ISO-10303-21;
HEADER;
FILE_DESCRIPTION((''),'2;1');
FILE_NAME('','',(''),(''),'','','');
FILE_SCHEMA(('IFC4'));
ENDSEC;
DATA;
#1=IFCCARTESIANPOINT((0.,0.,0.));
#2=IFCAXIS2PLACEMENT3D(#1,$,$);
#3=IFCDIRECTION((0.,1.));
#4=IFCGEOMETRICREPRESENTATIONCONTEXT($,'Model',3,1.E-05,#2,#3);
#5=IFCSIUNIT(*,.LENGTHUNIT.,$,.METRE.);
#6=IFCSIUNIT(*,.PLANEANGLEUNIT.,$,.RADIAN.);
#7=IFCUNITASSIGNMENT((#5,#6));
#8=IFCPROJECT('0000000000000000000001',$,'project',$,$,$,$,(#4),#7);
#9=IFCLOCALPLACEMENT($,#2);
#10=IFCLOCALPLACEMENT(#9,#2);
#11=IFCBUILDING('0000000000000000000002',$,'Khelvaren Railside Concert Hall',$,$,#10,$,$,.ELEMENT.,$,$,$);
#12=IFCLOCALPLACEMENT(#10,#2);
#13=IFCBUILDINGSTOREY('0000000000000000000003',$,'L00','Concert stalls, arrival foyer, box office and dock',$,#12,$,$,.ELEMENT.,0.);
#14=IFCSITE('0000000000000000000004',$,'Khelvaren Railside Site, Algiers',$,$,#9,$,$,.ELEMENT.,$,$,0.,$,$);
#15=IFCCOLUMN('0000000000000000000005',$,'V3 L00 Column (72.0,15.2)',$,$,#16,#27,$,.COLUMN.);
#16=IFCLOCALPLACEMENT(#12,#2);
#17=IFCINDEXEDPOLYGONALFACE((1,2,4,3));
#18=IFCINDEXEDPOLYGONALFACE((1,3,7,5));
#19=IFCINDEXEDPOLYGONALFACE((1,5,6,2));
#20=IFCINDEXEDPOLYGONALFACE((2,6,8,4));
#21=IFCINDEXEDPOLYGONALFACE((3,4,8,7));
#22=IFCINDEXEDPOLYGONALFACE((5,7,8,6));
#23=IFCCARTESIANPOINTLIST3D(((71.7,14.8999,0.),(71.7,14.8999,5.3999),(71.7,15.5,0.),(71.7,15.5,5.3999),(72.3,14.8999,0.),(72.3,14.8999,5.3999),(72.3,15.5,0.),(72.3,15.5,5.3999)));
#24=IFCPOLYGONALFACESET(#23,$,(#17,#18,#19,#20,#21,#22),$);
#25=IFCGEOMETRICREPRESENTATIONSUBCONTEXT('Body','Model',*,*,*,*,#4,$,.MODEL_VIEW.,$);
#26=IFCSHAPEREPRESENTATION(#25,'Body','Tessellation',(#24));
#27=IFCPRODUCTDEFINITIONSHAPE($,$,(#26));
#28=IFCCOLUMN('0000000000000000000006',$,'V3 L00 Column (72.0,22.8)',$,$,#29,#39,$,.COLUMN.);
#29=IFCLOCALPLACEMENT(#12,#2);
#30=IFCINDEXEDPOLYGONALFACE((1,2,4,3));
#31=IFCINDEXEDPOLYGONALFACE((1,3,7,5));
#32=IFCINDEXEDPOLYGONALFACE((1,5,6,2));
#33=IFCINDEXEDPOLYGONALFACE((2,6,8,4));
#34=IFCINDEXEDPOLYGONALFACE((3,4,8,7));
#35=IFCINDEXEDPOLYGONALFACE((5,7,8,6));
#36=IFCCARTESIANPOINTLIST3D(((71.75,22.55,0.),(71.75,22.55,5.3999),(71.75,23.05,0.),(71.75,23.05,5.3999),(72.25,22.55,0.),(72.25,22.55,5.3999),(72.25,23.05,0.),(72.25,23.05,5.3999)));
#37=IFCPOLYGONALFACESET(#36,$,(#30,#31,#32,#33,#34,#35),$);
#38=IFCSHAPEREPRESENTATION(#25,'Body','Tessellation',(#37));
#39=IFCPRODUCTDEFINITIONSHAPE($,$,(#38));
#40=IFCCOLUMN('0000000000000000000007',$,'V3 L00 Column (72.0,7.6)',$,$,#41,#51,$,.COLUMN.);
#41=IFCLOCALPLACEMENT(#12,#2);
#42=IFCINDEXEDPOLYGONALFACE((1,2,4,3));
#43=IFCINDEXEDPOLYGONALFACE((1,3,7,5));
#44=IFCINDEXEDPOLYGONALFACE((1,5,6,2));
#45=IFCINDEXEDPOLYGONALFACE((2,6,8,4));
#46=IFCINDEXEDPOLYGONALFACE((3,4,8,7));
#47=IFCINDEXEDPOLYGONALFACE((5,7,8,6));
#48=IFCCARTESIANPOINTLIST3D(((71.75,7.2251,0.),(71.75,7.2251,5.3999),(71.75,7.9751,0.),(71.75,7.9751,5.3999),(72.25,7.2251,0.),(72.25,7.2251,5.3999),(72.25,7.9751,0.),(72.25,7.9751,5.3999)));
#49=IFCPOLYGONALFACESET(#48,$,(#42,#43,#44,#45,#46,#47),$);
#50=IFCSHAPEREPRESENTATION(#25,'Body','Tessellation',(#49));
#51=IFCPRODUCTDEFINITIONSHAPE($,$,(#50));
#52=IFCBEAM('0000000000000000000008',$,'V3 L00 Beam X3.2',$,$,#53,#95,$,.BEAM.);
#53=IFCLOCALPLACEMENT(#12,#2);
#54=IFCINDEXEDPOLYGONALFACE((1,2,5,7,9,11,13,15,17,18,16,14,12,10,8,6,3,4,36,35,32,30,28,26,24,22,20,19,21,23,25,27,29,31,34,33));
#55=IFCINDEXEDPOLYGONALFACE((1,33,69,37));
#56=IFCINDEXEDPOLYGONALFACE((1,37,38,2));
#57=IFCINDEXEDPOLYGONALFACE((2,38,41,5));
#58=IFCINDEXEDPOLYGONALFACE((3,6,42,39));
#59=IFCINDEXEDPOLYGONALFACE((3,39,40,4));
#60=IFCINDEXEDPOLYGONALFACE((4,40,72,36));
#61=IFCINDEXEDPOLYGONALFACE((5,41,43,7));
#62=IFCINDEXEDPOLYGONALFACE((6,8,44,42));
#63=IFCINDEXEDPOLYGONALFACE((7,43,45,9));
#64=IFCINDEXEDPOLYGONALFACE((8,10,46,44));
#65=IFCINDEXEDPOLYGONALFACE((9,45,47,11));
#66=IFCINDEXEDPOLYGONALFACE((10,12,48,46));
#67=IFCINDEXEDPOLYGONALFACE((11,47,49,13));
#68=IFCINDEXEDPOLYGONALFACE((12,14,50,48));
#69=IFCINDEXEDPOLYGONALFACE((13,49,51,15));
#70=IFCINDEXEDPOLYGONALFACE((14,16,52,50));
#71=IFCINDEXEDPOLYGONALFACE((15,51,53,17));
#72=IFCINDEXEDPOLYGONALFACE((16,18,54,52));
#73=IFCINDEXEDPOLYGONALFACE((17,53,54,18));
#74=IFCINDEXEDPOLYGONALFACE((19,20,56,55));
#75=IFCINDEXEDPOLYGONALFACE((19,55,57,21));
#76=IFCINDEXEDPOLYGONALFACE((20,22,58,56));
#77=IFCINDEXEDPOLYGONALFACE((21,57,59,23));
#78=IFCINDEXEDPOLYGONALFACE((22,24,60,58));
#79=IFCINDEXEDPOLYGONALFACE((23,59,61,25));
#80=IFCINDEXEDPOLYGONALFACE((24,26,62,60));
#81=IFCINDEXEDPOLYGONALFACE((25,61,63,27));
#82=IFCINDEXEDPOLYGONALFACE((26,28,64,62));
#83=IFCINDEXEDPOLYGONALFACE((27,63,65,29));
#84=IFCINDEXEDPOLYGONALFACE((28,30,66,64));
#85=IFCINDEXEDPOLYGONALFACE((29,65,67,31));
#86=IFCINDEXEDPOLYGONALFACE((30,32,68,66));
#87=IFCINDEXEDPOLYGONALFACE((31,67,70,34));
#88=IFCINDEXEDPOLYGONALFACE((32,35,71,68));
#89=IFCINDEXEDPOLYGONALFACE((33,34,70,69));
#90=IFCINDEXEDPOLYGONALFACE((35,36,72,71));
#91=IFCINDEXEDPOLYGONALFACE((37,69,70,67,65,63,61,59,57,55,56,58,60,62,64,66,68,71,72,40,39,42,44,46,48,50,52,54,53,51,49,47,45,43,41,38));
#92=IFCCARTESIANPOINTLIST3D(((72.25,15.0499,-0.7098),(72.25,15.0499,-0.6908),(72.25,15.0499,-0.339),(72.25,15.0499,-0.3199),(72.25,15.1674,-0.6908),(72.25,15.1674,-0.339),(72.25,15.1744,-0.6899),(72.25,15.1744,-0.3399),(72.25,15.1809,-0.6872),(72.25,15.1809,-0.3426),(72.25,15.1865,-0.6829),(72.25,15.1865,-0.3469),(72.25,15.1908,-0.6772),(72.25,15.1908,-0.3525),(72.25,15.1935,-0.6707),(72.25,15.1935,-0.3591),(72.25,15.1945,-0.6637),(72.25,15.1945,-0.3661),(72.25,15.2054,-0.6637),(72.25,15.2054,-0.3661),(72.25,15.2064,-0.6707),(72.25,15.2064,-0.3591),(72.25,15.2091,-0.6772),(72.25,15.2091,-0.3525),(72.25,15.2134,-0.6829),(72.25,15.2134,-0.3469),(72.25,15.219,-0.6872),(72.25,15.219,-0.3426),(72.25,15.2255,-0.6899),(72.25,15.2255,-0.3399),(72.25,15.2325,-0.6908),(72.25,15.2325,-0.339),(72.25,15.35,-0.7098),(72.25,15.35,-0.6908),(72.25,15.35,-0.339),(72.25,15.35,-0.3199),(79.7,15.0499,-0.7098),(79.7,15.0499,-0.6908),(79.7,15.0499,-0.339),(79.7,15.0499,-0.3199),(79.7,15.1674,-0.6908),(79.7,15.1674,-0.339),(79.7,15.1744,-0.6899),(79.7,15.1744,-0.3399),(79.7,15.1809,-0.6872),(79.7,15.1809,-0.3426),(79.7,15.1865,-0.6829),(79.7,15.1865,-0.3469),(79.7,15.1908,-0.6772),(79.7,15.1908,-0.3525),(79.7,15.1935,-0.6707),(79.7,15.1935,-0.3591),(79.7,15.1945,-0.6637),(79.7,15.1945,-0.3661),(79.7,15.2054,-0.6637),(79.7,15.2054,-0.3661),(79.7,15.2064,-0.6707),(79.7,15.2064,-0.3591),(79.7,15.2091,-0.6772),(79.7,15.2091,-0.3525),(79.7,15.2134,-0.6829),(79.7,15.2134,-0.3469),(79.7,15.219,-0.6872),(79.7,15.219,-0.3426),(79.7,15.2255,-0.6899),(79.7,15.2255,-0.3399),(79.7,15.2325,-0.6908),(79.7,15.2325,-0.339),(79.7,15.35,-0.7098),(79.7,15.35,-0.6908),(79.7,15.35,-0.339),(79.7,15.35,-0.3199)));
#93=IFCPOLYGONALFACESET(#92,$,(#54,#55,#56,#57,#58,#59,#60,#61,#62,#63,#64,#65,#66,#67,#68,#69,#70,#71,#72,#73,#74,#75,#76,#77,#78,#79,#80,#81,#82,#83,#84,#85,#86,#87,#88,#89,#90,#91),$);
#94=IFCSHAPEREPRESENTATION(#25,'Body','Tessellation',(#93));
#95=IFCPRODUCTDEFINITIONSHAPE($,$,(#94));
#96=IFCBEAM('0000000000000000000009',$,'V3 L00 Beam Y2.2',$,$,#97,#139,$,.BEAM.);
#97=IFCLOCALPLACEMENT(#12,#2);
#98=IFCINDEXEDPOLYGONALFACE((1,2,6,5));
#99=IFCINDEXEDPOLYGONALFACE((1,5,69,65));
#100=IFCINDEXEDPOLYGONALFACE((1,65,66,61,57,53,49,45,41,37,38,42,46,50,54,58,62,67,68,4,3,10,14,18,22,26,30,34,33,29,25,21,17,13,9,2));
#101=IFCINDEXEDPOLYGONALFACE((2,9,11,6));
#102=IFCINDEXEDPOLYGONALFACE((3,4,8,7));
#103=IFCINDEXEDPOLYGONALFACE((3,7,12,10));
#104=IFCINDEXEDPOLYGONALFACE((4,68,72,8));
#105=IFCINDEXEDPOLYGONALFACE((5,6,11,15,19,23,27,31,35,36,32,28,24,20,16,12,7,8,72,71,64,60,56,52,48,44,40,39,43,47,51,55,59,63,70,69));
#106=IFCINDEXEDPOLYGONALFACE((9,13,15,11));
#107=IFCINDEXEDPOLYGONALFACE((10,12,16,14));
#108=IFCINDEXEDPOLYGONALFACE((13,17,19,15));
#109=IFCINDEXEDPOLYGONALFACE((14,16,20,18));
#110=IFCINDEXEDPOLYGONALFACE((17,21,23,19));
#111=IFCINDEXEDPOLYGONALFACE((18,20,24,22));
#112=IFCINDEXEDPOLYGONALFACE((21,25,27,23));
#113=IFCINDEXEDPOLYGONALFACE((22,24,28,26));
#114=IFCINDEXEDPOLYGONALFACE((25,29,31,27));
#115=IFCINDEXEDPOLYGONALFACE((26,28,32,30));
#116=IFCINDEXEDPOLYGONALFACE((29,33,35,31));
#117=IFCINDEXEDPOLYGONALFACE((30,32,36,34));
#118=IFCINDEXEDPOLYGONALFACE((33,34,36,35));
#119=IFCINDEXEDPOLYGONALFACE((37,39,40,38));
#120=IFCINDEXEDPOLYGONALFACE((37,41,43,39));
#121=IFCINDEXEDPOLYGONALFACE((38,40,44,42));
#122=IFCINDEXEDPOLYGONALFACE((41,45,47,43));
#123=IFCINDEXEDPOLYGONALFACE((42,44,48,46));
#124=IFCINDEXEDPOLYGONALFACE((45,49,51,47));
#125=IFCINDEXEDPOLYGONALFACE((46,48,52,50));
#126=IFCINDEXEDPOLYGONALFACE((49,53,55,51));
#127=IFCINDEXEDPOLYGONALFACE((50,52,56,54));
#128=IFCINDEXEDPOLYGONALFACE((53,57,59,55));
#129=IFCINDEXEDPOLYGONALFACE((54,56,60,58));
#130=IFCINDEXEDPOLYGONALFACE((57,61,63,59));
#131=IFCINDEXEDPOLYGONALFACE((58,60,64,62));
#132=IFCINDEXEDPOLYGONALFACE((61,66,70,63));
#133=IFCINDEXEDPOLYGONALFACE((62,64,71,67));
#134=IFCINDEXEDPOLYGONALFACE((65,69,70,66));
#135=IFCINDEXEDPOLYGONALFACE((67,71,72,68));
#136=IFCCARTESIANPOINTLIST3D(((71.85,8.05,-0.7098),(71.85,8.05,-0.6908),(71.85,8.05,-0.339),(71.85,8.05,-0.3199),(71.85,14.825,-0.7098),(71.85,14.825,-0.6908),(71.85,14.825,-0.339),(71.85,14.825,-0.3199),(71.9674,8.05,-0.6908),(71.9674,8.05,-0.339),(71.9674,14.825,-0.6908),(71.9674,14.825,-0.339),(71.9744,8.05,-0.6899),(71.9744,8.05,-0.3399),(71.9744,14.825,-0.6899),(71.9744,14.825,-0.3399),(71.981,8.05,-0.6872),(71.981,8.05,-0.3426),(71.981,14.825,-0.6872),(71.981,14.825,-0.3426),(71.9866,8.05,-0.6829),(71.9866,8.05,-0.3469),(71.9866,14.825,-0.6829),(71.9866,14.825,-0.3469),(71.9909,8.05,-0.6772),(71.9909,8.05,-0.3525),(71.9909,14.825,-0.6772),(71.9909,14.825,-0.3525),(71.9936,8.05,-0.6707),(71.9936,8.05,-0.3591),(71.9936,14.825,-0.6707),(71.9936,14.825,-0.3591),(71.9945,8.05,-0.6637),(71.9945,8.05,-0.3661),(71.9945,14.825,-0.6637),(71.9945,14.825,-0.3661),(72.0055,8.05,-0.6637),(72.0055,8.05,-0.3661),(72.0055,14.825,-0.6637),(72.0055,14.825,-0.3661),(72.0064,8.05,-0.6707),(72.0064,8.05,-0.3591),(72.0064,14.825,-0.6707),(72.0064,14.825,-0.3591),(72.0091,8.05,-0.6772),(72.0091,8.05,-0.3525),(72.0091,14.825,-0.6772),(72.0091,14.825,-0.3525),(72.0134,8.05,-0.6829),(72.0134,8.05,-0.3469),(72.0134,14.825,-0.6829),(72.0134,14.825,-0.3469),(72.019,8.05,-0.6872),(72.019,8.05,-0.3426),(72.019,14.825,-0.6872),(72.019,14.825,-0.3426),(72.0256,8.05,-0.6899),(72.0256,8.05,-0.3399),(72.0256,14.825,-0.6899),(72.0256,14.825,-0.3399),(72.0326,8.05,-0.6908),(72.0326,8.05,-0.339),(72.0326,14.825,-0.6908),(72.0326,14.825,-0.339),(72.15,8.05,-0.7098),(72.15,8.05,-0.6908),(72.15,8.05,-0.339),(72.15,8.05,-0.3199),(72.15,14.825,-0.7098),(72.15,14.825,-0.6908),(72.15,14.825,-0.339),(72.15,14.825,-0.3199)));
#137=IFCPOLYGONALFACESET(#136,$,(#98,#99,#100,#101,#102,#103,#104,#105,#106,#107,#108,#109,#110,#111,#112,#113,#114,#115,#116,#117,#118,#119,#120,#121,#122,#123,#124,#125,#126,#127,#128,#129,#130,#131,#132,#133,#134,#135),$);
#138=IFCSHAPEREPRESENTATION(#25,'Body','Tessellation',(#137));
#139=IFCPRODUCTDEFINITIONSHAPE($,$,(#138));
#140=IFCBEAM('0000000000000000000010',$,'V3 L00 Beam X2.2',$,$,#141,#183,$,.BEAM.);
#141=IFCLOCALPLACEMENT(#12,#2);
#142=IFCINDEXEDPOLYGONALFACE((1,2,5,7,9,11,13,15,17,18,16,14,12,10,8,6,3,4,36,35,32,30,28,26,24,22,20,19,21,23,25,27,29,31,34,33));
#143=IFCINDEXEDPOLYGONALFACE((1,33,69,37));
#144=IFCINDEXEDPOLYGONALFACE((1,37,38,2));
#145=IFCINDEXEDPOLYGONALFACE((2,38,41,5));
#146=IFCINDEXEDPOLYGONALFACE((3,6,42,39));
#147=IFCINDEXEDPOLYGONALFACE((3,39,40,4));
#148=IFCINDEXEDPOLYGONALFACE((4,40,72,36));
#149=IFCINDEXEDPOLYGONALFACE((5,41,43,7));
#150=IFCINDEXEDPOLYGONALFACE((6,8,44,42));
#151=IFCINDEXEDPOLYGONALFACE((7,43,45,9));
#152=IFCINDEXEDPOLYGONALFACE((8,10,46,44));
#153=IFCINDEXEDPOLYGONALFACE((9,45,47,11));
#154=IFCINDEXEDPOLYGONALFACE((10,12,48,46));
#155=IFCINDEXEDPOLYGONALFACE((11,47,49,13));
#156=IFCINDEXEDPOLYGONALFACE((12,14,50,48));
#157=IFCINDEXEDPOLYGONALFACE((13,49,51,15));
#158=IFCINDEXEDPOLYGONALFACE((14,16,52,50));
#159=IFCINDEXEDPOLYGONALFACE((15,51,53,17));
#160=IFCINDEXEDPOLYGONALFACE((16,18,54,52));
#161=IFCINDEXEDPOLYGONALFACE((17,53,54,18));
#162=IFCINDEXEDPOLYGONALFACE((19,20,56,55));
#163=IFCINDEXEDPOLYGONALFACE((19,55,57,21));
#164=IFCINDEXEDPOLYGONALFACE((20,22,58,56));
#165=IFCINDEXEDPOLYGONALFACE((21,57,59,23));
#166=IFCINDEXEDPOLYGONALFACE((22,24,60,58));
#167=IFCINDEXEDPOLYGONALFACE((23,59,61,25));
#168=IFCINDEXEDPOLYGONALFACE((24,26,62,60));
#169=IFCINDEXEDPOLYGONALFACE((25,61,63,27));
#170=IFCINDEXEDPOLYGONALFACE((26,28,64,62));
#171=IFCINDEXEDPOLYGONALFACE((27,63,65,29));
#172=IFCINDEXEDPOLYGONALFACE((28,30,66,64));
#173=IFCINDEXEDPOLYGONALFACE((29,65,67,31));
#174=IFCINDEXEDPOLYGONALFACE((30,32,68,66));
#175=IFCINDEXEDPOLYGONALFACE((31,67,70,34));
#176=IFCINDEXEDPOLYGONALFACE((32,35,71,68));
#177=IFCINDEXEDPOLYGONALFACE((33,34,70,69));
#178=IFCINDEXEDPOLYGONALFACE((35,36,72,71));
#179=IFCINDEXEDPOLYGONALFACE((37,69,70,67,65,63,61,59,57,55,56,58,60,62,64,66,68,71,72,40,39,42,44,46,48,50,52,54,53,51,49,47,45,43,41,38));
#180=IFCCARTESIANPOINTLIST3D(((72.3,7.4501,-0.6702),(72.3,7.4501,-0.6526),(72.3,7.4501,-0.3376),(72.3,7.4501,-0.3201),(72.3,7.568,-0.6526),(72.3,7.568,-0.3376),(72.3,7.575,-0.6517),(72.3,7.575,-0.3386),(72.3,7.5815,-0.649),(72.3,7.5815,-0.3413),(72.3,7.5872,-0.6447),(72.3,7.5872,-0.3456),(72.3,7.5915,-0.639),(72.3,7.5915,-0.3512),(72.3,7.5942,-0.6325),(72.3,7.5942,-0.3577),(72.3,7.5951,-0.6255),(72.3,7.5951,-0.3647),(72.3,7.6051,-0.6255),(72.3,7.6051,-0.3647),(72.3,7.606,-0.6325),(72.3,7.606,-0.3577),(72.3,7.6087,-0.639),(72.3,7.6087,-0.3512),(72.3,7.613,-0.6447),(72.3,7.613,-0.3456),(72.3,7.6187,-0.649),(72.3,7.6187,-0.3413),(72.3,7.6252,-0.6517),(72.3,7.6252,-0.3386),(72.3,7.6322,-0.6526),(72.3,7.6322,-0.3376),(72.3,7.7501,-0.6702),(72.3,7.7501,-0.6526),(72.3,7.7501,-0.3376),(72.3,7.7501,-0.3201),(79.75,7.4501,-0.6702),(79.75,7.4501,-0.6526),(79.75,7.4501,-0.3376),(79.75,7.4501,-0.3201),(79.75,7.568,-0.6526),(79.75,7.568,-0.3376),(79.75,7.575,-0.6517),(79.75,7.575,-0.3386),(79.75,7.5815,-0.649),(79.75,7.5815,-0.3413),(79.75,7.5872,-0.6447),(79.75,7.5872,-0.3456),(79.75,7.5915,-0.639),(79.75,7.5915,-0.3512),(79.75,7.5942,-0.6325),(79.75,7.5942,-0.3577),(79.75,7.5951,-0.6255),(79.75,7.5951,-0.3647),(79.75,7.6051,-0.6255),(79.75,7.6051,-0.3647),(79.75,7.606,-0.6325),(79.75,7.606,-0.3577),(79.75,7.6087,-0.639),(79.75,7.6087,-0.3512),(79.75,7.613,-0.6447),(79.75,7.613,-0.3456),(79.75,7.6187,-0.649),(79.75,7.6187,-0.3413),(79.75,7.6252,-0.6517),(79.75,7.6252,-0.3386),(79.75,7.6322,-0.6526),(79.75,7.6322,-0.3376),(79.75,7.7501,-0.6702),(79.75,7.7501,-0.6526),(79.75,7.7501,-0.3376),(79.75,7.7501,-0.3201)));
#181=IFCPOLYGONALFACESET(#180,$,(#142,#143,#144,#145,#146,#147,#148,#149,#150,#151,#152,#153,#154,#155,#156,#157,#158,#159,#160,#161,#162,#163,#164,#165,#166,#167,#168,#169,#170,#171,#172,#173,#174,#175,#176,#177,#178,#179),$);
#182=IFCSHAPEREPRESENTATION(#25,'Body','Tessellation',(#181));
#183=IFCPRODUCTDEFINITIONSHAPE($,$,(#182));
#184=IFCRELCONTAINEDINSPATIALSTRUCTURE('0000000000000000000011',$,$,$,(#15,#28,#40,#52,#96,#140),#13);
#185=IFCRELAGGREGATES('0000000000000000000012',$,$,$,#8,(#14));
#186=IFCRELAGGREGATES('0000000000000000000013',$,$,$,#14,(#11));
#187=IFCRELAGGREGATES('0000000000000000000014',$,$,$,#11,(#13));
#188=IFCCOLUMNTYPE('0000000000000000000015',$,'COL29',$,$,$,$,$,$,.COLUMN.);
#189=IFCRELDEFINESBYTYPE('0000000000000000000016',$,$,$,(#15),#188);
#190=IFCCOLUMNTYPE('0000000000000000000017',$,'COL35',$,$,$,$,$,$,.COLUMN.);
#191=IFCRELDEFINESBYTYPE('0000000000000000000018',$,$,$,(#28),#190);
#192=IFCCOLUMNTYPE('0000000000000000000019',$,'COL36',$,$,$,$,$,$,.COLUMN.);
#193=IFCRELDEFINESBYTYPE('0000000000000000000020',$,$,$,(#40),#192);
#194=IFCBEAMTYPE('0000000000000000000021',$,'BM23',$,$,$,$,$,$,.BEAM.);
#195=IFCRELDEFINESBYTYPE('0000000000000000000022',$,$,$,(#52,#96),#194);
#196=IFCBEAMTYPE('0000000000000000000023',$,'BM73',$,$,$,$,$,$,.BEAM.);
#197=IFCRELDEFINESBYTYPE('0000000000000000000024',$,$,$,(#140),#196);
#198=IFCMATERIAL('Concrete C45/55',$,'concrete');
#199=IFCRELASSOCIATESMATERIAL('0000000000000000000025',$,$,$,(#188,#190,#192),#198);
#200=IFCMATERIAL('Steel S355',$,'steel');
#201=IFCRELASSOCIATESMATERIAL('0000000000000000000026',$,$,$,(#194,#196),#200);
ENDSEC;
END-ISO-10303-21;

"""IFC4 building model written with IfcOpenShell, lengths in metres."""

from ifc_helpers import new_model, si_unit, direction, frame, origin, origin_2d, place, context, subcontext, project, spatial, rectangle, i_section, extrude, material, material_profile, profile_set, type_object, element, save


model = new_model("IFC4")

# Units and contexts
model_context = context("Model", 3, precision=1e-05, world=origin(), true_north=direction((0.0, 1.0)))
body_context = subcontext(model_context, "Body", "Model", "MODEL_VIEW")
ifc_project = project(units=[si_unit("LENGTHUNIT", "METRE"), si_unit("PLANEANGLEUNIT", "RADIAN")], contexts=[model_context])

# Site, building, storey
site_placement = place(None, origin())
site = spatial("IfcSite", under=ifc_project, at=site_placement, Name="Khelvaren Railside Site, Algiers", CompositionType="ELEMENT", RefElevation=0.0)
building_placement = place(site_placement, origin())
building = spatial("IfcBuilding", under=site, at=building_placement, Name="Khelvaren Railside Concert Hall", CompositionType="ELEMENT")
storey_placement = place(building_placement, origin())
storey = spatial("IfcBuildingStorey", under=building, at=storey_placement, Name="L00", Description="Concert stalls, arrival foyer, box office and dock", CompositionType="ELEMENT", Elevation=0.0)

# Columns
ifc_material_1 = material(Name="Concrete C45/55", Category="concrete")
ifc_material_profile_1 = material_profile(ifc_material_1, rectangle(XDim=0.6001, YDim=0.6001, at=origin_2d()), Name="RC 600x600")
ifc_profile_set_1 = profile_set([ifc_material_profile_1], Name="Concrete C45/55")
column_type_1 = type_object("IfcColumnType", Name="COL29", PredefinedType="COLUMN", material=ifc_profile_set_1)
column_1_placement = place(storey_placement, frame((72.0, 15.2, 0.0), z_axis=(0.0, 0.0, 1.0), x_axis=(1.0, 0.0, 0.0)))
element("IfcColumn", 1, at=column_1_placement, inside=storey, type_object=column_type_1, Name="V3 L00 Column (72.0,15.2)", PredefinedType="COLUMN", context=body_context, shape_type="SweptSolid", body=[
    extrude(rectangle(XDim=0.6001, YDim=0.6001, at=origin_2d()), origin(), (0.0, 0.0, 1.0), 5.3999),
])
ifc_material_profile_2 = material_profile(ifc_material_1, rectangle(XDim=0.5, YDim=0.5, at=origin_2d()), Name="RC 500x500")
ifc_profile_set_2 = profile_set([ifc_material_profile_2], Name="Concrete C45/55")
column_type_2 = type_object("IfcColumnType", Name="COL35", PredefinedType="COLUMN", material=ifc_profile_set_2)
column_2_placement = place(storey_placement, frame((72.0, 22.8, 0.0), z_axis=(0.0, 0.0, 1.0), x_axis=(1.0, 0.0, 0.0)))
element("IfcColumn", 2, at=column_2_placement, inside=storey, type_object=column_type_2, Name="V3 L00 Column (72.0,22.8)", PredefinedType="COLUMN", context=body_context, shape_type="SweptSolid", body=[
    extrude(rectangle(XDim=0.5, YDim=0.5, at=origin_2d()), origin(), (0.0, 0.0, 1.0), 5.3999),
])
ifc_material_profile_3 = material_profile(ifc_material_1, rectangle(XDim=0.5, YDim=0.75, at=origin_2d()), Name="RC 500x750")
ifc_profile_set_3 = profile_set([ifc_material_profile_3], Name="Concrete C45/55")
column_type_3 = type_object("IfcColumnType", Name="COL36", PredefinedType="COLUMN", material=ifc_profile_set_3)
column_3_placement = place(storey_placement, frame((72.0, 7.6001, 0.0), z_axis=(0.0, 0.0, 1.0), x_axis=(1.0, 0.0, 0.0)))
element("IfcColumn", 3, at=column_3_placement, inside=storey, type_object=column_type_3, Name="V3 L00 Column (72.0,7.6)", PredefinedType="COLUMN", context=body_context, shape_type="SweptSolid", body=[
    extrude(rectangle(XDim=0.5, YDim=0.75, at=origin_2d()), origin(), (0.0, 0.0, 1.0), 5.3999),
])

# Beams
ifc_material_2 = material(Name="Steel S355", Category="steel")
ifc_material_profile_4 = material_profile(ifc_material_2, i_section(OverallWidth=0.3, OverallDepth=0.3899, WebThickness=0.011, FlangeThickness=0.019, FilletRadius=0.0271, at=origin_2d()), Name="HEA 400")
ifc_profile_set_4 = profile_set([ifc_material_profile_4], Name="Steel S355")
beam_type_1 = type_object("IfcBeamType", Name="BM23", PredefinedType="BEAM", material=ifc_profile_set_4)
beam_1_placement = place(storey_placement, frame((72.25, 15.2, -0.5149), z_axis=(1.0, 0.0, 0.0), x_axis=(0.0, 1.0, 0.0)))
element("IfcBeam", 4, at=beam_1_placement, inside=storey, type_object=beam_type_1, Name="V3 L00 Beam X3.2", PredefinedType="BEAM", context=body_context, shape_type="SweptSolid", body=[
    extrude(i_section(OverallWidth=0.3, OverallDepth=0.3899, WebThickness=0.011, FlangeThickness=0.019, FilletRadius=0.0271, at=origin_2d()), origin(), (0.0, 0.0, 1.0), 7.45),
])
beam_2_placement = place(storey_placement, frame((72.0, 8.05, -0.5149), z_axis=(0.0, 1.0, 0.0), x_axis=(-1.0, 0.0, 0.0)))
element("IfcBeam", 5, at=beam_2_placement, inside=storey, type_object=beam_type_1, Name="V3 L00 Beam Y2.2", PredefinedType="BEAM", context=body_context, shape_type="SweptSolid", body=[
    extrude(i_section(OverallWidth=0.3, OverallDepth=0.3899, WebThickness=0.011, FlangeThickness=0.019, FilletRadius=0.0271, at=origin_2d()), origin(), (0.0, 0.0, 1.0), 6.7749),
])
ifc_material_profile_5 = material_profile(ifc_material_2, i_section(OverallWidth=0.3, OverallDepth=0.3501, WebThickness=0.01, FlangeThickness=0.0176, FilletRadius=0.0271, at=origin_2d()), Name="HEA 360")
ifc_profile_set_5 = profile_set([ifc_material_profile_5], Name="Steel S355")
beam_type_2 = type_object("IfcBeamType", Name="BM73", PredefinedType="BEAM", material=ifc_profile_set_5)
beam_3_placement = place(storey_placement, frame((72.3, 7.6001, -0.4951), z_axis=(1.0, 0.0, 0.0), x_axis=(0.0, 1.0, 0.0)))
element("IfcBeam", 6, at=beam_3_placement, inside=storey, type_object=beam_type_2, Name="V3 L00 Beam X2.2", PredefinedType="BEAM", context=body_context, shape_type="SweptSolid", body=[
    extrude(i_section(OverallWidth=0.3, OverallDepth=0.3501, WebThickness=0.01, FlangeThickness=0.0176, FilletRadius=0.0271, at=origin_2d()), origin(), (0.0, 0.0, 1.0), 7.45),
])

save(model, "model.ifc")
